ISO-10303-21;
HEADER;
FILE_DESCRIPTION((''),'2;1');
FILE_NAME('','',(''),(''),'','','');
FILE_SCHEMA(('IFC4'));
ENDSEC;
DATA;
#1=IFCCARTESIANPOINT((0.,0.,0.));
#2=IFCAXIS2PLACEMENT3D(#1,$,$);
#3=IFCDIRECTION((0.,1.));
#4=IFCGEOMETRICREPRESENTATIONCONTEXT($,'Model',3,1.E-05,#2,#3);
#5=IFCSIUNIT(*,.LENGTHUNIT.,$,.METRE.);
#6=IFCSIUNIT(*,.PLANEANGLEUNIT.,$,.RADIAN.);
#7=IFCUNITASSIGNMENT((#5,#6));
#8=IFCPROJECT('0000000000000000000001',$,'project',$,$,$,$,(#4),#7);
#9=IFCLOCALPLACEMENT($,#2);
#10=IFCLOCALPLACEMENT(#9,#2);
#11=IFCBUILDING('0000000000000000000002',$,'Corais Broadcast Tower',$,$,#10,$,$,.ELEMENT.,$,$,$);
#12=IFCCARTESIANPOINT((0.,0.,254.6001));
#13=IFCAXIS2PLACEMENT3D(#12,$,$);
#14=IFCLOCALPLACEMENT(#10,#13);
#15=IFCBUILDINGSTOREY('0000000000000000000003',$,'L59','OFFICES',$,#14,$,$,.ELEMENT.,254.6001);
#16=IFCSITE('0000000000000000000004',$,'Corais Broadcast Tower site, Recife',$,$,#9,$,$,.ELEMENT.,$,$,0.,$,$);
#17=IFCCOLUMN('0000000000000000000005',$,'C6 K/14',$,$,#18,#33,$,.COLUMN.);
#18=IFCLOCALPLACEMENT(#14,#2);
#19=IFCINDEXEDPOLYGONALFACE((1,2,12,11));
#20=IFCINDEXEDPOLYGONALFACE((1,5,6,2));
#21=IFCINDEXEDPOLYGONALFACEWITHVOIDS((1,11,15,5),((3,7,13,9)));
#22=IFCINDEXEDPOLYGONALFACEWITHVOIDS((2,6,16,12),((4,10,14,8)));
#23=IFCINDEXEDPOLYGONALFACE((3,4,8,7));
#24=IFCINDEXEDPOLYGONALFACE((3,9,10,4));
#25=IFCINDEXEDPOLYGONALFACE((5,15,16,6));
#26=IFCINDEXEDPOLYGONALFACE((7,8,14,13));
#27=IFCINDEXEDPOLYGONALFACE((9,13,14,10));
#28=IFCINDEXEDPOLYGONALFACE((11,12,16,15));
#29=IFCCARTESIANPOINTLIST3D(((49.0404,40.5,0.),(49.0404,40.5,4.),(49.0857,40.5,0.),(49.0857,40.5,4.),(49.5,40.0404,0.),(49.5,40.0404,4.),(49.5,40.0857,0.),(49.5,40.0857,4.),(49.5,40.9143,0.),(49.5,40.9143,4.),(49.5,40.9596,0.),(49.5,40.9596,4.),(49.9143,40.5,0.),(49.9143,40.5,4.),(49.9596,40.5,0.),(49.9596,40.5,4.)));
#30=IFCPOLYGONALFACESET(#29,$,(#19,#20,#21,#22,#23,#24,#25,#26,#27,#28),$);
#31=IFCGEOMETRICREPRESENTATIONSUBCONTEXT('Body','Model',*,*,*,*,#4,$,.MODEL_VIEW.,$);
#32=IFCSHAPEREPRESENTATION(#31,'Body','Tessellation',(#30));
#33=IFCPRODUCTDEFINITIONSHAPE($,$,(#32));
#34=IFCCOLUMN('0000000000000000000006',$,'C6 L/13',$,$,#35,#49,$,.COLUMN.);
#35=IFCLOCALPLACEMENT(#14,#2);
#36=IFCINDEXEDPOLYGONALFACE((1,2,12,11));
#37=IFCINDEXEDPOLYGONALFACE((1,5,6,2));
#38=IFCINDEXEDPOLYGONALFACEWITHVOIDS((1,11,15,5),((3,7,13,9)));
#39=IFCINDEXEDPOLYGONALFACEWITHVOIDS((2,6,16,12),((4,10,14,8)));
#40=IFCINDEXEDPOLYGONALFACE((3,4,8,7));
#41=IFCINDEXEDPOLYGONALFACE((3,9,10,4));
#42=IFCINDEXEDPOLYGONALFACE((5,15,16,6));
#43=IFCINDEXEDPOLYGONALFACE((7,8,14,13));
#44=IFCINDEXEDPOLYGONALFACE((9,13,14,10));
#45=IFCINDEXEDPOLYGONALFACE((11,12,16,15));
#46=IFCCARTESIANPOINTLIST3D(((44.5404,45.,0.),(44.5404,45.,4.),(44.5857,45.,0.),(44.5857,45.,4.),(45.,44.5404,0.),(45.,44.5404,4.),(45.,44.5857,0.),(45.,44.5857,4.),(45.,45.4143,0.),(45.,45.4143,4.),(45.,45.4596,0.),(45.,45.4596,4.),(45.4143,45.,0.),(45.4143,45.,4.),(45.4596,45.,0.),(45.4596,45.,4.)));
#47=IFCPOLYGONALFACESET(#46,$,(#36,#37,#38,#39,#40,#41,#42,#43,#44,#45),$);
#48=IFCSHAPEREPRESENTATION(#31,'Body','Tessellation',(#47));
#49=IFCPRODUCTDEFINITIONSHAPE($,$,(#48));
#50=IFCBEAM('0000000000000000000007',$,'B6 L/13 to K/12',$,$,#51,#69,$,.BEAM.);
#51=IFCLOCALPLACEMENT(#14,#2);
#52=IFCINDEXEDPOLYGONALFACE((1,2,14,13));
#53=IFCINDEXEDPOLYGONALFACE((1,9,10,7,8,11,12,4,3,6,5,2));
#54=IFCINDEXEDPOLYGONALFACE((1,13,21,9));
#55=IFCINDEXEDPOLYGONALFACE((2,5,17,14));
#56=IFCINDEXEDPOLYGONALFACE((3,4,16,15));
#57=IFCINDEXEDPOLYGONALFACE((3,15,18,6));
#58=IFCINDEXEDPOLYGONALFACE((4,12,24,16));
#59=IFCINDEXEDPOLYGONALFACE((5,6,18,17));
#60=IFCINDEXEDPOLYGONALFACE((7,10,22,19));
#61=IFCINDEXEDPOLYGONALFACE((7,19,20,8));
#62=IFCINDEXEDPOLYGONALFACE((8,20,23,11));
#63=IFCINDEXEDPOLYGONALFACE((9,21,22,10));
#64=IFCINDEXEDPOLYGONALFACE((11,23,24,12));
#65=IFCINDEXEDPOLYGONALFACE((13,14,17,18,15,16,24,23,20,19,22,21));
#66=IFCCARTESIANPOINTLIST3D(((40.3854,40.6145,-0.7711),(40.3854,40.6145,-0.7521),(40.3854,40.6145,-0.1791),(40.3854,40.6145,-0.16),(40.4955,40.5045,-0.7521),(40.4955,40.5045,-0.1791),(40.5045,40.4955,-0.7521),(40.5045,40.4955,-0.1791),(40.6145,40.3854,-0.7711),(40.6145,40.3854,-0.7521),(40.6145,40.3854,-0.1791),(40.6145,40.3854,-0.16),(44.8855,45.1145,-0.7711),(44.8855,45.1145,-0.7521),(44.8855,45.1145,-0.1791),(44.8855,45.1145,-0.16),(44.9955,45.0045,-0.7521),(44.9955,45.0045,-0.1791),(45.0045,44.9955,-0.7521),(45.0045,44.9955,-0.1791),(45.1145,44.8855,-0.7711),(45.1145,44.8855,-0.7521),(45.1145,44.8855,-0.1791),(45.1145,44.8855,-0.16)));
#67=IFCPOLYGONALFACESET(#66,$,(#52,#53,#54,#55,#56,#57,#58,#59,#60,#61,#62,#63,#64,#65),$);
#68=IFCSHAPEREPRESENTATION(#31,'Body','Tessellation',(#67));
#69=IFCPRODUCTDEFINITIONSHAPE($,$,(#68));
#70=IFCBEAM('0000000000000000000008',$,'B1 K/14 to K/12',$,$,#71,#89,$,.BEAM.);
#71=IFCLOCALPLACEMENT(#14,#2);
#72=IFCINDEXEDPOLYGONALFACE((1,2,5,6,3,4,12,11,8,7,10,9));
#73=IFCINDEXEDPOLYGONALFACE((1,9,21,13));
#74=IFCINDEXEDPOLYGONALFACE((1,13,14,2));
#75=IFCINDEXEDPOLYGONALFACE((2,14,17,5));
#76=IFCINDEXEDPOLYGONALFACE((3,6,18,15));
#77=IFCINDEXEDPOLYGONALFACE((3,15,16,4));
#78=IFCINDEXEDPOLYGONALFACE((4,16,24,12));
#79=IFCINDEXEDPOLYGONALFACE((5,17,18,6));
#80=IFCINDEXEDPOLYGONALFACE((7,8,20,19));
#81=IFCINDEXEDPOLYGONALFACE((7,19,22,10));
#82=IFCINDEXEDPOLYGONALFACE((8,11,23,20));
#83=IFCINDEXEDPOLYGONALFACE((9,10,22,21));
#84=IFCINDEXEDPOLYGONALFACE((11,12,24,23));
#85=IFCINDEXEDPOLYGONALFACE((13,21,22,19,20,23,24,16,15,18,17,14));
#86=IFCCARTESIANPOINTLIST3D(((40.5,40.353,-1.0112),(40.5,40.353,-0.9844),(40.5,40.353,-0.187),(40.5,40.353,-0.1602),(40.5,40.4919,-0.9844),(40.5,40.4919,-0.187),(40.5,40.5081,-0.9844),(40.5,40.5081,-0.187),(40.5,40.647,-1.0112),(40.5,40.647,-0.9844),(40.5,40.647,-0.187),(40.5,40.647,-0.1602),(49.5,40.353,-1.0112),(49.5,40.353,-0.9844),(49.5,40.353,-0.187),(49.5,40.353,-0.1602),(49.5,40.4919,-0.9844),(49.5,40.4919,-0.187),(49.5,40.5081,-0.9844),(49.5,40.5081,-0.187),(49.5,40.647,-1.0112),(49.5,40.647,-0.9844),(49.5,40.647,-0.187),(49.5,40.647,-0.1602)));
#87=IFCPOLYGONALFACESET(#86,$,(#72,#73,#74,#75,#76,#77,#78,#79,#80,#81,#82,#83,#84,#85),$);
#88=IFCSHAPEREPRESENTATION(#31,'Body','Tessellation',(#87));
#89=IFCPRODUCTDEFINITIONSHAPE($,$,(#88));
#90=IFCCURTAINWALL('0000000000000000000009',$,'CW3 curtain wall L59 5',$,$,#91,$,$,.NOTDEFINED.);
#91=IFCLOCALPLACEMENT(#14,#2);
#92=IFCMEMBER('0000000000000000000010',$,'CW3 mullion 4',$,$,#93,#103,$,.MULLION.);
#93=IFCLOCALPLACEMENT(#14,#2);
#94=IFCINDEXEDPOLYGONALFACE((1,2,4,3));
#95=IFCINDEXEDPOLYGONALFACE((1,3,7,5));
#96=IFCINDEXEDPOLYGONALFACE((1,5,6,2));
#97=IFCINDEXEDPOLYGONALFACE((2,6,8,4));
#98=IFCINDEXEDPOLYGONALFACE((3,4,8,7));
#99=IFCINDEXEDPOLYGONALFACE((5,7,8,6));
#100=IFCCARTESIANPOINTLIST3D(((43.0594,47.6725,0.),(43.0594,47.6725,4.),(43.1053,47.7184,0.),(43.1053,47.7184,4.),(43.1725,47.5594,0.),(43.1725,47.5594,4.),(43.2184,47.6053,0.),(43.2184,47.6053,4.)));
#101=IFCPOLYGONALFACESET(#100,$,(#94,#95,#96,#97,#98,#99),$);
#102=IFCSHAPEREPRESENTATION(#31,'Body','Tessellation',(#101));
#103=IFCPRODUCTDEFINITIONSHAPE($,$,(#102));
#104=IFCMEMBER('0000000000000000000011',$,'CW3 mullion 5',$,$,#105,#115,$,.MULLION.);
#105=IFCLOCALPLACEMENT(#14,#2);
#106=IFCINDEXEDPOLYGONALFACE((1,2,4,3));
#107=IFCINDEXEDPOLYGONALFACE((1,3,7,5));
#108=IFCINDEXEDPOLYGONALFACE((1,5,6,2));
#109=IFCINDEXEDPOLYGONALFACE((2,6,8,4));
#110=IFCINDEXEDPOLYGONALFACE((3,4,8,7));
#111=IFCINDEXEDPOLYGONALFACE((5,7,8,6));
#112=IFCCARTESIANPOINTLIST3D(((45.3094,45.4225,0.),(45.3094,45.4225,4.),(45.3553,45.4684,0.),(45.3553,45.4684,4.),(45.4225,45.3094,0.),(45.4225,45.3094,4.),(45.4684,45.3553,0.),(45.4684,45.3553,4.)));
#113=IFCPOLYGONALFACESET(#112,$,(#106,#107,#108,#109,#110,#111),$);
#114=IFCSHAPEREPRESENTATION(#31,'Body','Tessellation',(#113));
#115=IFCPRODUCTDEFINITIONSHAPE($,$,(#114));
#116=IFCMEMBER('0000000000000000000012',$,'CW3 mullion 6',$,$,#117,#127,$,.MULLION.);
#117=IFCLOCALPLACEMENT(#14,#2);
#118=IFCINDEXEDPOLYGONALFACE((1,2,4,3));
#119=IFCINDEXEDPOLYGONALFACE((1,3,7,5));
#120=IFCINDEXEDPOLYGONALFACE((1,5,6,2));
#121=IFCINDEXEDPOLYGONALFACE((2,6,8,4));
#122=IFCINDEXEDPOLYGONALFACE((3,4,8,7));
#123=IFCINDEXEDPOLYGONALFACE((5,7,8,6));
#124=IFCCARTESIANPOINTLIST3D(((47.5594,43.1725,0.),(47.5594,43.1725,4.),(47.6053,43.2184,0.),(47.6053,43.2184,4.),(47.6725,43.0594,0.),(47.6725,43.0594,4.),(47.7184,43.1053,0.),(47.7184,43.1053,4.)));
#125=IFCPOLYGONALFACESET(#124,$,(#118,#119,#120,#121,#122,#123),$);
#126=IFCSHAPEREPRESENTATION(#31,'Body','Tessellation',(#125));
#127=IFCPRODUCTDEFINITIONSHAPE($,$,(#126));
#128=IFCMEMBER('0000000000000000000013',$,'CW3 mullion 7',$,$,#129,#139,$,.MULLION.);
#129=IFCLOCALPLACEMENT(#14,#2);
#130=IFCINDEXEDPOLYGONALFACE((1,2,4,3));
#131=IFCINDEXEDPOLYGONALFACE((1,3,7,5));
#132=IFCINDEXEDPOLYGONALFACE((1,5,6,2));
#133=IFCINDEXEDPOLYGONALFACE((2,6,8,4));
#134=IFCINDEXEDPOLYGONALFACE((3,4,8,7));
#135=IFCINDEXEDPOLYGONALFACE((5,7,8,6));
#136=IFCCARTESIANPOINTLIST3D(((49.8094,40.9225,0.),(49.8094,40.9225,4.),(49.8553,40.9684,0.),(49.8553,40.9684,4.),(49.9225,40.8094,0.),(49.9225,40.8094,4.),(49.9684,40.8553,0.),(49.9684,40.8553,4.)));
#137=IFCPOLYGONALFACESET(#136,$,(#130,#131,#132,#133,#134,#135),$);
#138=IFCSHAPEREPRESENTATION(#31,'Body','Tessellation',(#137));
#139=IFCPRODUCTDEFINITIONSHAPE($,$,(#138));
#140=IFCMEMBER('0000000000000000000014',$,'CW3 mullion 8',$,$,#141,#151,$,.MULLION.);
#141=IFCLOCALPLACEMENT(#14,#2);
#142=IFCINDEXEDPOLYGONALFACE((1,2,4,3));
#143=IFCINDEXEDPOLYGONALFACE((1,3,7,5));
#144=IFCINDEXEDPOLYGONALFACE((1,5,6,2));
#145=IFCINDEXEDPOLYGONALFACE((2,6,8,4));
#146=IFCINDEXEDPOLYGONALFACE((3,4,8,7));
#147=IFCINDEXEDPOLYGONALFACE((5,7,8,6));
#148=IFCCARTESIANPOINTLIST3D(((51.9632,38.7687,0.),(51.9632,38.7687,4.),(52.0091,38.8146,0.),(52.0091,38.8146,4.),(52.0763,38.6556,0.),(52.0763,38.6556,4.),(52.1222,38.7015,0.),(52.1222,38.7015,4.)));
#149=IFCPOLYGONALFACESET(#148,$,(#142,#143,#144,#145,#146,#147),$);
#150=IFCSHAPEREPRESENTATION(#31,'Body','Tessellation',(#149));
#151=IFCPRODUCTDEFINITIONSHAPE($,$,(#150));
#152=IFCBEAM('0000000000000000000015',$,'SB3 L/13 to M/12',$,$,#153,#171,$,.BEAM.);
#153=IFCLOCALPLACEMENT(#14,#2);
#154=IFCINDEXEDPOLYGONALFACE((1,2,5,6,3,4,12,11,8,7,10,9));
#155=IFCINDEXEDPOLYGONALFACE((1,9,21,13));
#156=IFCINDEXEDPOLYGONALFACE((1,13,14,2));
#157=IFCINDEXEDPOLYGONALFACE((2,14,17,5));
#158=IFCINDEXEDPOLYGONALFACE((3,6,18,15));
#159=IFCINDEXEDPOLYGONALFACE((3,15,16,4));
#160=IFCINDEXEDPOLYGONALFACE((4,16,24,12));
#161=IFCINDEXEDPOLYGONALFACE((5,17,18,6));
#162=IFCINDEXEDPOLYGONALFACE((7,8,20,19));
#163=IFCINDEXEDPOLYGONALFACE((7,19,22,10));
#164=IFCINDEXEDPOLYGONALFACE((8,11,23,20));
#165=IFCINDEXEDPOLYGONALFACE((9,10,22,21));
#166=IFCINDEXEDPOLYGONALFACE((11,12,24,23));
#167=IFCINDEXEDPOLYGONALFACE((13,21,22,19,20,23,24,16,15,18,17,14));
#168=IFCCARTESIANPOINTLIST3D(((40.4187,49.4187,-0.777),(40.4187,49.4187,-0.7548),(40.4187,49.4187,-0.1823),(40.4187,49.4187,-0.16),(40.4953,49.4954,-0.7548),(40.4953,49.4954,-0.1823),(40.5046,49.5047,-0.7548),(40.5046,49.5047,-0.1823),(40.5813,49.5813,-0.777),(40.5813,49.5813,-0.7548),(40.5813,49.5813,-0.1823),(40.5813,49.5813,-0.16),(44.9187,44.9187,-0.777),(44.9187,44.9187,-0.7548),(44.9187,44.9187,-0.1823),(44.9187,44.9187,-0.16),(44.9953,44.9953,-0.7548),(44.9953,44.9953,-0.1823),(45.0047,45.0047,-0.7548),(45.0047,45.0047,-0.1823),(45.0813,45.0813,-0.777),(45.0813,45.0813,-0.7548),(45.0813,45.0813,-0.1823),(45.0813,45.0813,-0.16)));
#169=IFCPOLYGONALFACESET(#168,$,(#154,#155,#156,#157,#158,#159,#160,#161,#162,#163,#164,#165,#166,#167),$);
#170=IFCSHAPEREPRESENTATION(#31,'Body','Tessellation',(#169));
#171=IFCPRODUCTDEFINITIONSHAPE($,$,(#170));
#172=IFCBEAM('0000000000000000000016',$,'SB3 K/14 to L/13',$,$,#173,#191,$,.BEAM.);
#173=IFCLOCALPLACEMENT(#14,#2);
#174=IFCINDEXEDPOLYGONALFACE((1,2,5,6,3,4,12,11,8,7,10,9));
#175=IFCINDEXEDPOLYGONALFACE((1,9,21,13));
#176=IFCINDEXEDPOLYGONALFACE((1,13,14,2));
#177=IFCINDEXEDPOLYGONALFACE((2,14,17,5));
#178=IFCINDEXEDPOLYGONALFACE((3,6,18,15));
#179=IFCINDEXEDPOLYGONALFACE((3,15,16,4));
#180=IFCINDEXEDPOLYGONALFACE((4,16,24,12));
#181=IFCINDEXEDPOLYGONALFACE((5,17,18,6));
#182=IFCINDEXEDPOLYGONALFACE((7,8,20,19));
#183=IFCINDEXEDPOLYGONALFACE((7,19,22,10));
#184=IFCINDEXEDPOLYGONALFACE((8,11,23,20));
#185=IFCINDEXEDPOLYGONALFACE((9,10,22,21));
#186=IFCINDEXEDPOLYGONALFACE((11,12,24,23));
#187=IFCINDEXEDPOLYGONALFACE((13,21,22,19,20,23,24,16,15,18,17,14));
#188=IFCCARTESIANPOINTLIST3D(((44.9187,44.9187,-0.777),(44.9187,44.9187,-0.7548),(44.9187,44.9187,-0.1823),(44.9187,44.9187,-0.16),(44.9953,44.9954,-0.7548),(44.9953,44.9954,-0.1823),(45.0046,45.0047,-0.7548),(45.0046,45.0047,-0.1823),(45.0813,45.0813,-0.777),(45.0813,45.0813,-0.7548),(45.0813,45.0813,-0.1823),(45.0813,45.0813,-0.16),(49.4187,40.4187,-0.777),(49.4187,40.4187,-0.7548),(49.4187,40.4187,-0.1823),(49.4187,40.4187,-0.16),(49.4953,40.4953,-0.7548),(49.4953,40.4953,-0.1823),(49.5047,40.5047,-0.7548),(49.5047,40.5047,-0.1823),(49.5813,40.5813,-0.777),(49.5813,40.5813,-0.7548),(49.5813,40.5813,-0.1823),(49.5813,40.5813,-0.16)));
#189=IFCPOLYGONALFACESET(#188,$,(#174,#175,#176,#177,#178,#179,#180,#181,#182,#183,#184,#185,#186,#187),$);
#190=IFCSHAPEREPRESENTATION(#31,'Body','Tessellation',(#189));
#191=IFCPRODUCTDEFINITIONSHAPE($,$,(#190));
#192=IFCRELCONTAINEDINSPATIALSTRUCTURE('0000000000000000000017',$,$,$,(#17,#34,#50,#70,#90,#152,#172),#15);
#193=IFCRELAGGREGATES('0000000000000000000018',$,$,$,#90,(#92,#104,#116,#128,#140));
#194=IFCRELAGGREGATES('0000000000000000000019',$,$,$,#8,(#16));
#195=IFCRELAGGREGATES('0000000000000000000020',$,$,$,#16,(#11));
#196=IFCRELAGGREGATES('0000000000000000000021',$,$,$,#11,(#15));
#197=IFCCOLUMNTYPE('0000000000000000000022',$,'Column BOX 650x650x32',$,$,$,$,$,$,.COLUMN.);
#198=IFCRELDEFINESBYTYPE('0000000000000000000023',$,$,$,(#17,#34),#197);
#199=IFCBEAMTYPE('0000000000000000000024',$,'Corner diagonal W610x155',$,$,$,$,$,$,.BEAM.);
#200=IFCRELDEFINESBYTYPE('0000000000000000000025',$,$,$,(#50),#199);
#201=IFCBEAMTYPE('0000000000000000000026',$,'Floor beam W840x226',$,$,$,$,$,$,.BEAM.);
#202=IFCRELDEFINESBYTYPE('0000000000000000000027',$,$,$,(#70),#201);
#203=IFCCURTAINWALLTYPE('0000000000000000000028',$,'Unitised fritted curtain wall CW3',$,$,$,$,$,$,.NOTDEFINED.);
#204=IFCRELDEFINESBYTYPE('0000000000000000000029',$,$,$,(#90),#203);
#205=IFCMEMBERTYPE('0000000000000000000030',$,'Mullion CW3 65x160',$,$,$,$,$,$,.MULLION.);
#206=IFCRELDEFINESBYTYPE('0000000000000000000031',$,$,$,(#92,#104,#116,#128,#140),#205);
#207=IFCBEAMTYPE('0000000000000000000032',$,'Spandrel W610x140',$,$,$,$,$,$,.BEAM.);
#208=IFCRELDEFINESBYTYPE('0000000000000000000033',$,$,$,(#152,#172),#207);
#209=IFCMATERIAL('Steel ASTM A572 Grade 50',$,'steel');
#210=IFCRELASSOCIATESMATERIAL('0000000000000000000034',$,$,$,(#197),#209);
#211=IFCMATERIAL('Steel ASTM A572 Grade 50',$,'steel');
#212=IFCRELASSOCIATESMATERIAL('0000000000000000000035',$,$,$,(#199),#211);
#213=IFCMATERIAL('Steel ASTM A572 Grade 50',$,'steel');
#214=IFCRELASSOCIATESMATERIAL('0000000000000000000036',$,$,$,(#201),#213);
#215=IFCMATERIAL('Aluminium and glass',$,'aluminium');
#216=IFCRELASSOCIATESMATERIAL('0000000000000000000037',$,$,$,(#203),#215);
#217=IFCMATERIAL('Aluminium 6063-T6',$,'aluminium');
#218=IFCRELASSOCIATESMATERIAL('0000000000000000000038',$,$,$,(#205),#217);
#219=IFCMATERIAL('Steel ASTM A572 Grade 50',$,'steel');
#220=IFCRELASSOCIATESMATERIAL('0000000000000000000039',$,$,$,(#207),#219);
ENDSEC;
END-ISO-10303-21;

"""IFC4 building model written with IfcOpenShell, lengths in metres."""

from ifc_helpers import new_model, si_unit, direction, frame, origin, origin_2d, place, context, subcontext, project, spatial, rectangle, hollow_rectangle, i_section, extrude, material, material_profile, profile_set, type_object, element, aggregate, save


model = new_model("IFC4")

# Units and contexts
model_context = context("Model", 3, precision=1e-05, world=origin(), true_north=direction((0.0, 1.0)))
body_context = subcontext(model_context, "Body", "Model", "MODEL_VIEW")
ifc_project = project(units=[si_unit("LENGTHUNIT", "METRE"), si_unit("PLANEANGLEUNIT", "RADIAN")], contexts=[model_context])

# Site, building, storey
site_placement = place(None, origin())
site = spatial("IfcSite", under=ifc_project, at=site_placement, Name="Corais Broadcast Tower site, Recife", CompositionType="ELEMENT", RefElevation=0.0)
building_placement = place(site_placement, origin())
building = spatial("IfcBuilding", under=site, at=building_placement, Name="Corais Broadcast Tower", CompositionType="ELEMENT")
storey_placement = place(building_placement, frame((0.0, 0.0, 254.6001)))
storey = spatial("IfcBuildingStorey", under=building, at=storey_placement, Name="L59", Description="OFFICES", CompositionType="ELEMENT", Elevation=254.6001)

# Columns
ifc_material_1 = material(Name="Steel ASTM A572 Grade 50", Category="steel")
ifc_material_profile_1 = material_profile(ifc_material_1, hollow_rectangle(XDim=0.6499, YDim=0.6499, WallThickness=0.032, at=origin_2d()), Name="BOX 650x650x32")
ifc_profile_set_1 = profile_set([ifc_material_profile_1], Name="Steel ASTM A572 Grade 50")
column_type = type_object("IfcColumnType", Name="Column BOX 650x650x32", PredefinedType="COLUMN", material=ifc_profile_set_1)
for number, where, z_axis, x_axis, name in (
    (1, (49.5, 40.5, 0.0), (0.0, 0.0, 1.0), (0.707107, 0.707107, 0.0), "C6 K/14"),
    (2, (45.0, 45.0, 0.0), (0.0, 0.0, 1.0), (0.707107, 0.707107, 0.0), "C6 L/13"),
):
    element("IfcColumn", number, at=place(storey_placement, frame(where, z_axis=z_axis, x_axis=x_axis)), inside=storey, type_object=column_type, Name=name, PredefinedType="COLUMN", context=body_context, shape_type="SweptSolid", body=[
        extrude(hollow_rectangle(XDim=0.6499, YDim=0.6499, WallThickness=0.032, at=origin_2d()), origin(), (0.0, 0.0, 1.0), 4.0),
    ])

# Beams
ifc_material_2 = material(Name="Steel ASTM A572 Grade 50", Category="steel")
ifc_material_profile_2 = material_profile(ifc_material_2, i_section(OverallWidth=0.324, OverallDepth=0.6111, WebThickness=0.0127, FlangeThickness=0.019, at=origin_2d()), Name="W610x155")
ifc_profile_set_2 = profile_set([ifc_material_profile_2], Name="Steel ASTM A572 Grade 50")
beam_type_1 = type_object("IfcBeamType", Name="Corner diagonal W610x155", PredefinedType="BEAM", material=ifc_profile_set_2)
beam_1_placement = place(storey_placement, frame((45.0, 45.0, -0.4656), z_axis=(-0.707107, -0.707107, 0.0), x_axis=(0.707107, -0.707107, 0.0)))
element("IfcBeam", 3, at=beam_1_placement, inside=storey, type_object=beam_type_1, Name="B6 L/13 to K/12", PredefinedType="BEAM", context=body_context, shape_type="SweptSolid", body=[
    extrude(i_section(OverallWidth=0.324, OverallDepth=0.6111, WebThickness=0.0127, FlangeThickness=0.019, at=origin_2d()), origin(), (0.0, 0.0, 1.0), 6.364),
])
ifc_material_3 = material(Name="Steel ASTM A572 Grade 50", Category="steel")
ifc_material_profile_3 = material_profile(ifc_material_3, i_section(OverallWidth=0.2939, OverallDepth=0.8511, WebThickness=0.0161, FlangeThickness=0.0269, at=origin_2d()), Name="W840x226")
ifc_profile_set_3 = profile_set([ifc_material_profile_3], Name="Steel ASTM A572 Grade 50")
beam_type_2 = type_object("IfcBeamType", Name="Floor beam W840x226", PredefinedType="BEAM", material=ifc_profile_set_3)
beam_2_placement = place(storey_placement, frame((49.5, 40.5, -0.5857), z_axis=(-1.0, 0.0, 0.0), x_axis=(0.0, -1.0, 0.0)))
element("IfcBeam", 4, at=beam_2_placement, inside=storey, type_object=beam_type_2, Name="B1 K/14 to K/12", PredefinedType="BEAM", context=body_context, shape_type="SweptSolid", body=[
    extrude(i_section(OverallWidth=0.2939, OverallDepth=0.8511, WebThickness=0.0161, FlangeThickness=0.0269, at=origin_2d()), origin(), (0.0, 0.0, 1.0), 9.0),
])

# Curtain wall, members
ifc_material_4 = material(Name="Aluminium and glass", Category="aluminium")
curtain_wall_type = type_object("IfcCurtainWallType", Name="Unitised fritted curtain wall CW3", PredefinedType="NOTDEFINED", material=ifc_material_4)
curtain_wall_placement = place(storey_placement, origin())
curtain_wall = element("IfcCurtainWall", 5, at=curtain_wall_placement, inside=storey, type_object=curtain_wall_type, Name="CW3 curtain wall L59 5", PredefinedType="NOTDEFINED")
ifc_material_5 = material(Name="Aluminium 6063-T6", Category="aluminium")
ifc_material_profile_4 = material_profile(ifc_material_5, rectangle(XDim=0.0649, YDim=0.1599, at=origin_2d()), Name="Mullion CW3 65x160")
ifc_profile_set_4 = profile_set([ifc_material_profile_4], Name="Aluminium 6063-T6")
member_type_1 = type_object("IfcMemberType", Name="Mullion CW3 65x160", PredefinedType="MULLION", material=ifc_profile_set_4)
member_1_placement = place(storey_placement, frame((43.1389, 47.6389, 0.0), z_axis=(0.0, 0.0, 1.0), x_axis=(0.707107, 0.707107, 0.0)))
member_1 = element("IfcMember", 6, at=member_1_placement, type_object=member_type_1, Name="CW3 mullion 4", PredefinedType="MULLION", context=body_context, shape_type="SweptSolid", body=[
    extrude(rectangle(XDim=0.0649, YDim=0.1599, at=origin_2d()), origin(), (0.0, 0.0, 1.0), 4.0),
])
member_2_placement = place(storey_placement, frame((45.3889, 45.3889, 0.0), z_axis=(0.0, 0.0, 1.0), x_axis=(0.707107, 0.707107, 0.0)))
member_2 = element("IfcMember", 7, at=member_2_placement, type_object=member_type_1, Name="CW3 mullion 5", PredefinedType="MULLION", context=body_context, shape_type="SweptSolid", body=[
    extrude(rectangle(XDim=0.0649, YDim=0.1599, at=origin_2d()), origin(), (0.0, 0.0, 1.0), 4.0),
])
member_3_placement = place(storey_placement, frame((47.6389, 43.1389, 0.0), z_axis=(0.0, 0.0, 1.0), x_axis=(0.707107, 0.707107, 0.0)))
member_3 = element("IfcMember", 8, at=member_3_placement, type_object=member_type_1, Name="CW3 mullion 6", PredefinedType="MULLION", context=body_context, shape_type="SweptSolid", body=[
    extrude(rectangle(XDim=0.0649, YDim=0.1599, at=origin_2d()), origin(), (0.0, 0.0, 1.0), 4.0),
])
member_4_placement = place(storey_placement, frame((49.8889, 40.8889, 0.0), z_axis=(0.0, 0.0, 1.0), x_axis=(0.707107, 0.707107, 0.0)))
member_4 = element("IfcMember", 9, at=member_4_placement, type_object=member_type_1, Name="CW3 mullion 7", PredefinedType="MULLION", context=body_context, shape_type="SweptSolid", body=[
    extrude(rectangle(XDim=0.0649, YDim=0.1599, at=origin_2d()), origin(), (0.0, 0.0, 1.0), 4.0),
])
member_5_placement = place(storey_placement, frame((52.0427, 38.7351, 0.0), z_axis=(0.0, 0.0, 1.0), x_axis=(0.707107, 0.707107, 0.0)))
member_5 = element("IfcMember", 10, at=member_5_placement, type_object=member_type_1, Name="CW3 mullion 8", PredefinedType="MULLION", context=body_context, shape_type="SweptSolid", body=[
    extrude(rectangle(XDim=0.0649, YDim=0.1599, at=origin_2d()), origin(), (0.0, 0.0, 1.0), 4.0),
])

# Beams
ifc_material_6 = material(Name="Steel ASTM A572 Grade 50", Category="steel")
ifc_material_profile_5 = material_profile(ifc_material_6, i_section(OverallWidth=0.23, OverallDepth=0.6169, WebThickness=0.0132, FlangeThickness=0.0222, at=origin_2d()), Name="W610x140")
ifc_profile_set_5 = profile_set([ifc_material_profile_5], Name="Steel ASTM A572 Grade 50")
beam_type_3 = type_object("IfcBeamType", Name="Spandrel W610x140", PredefinedType="BEAM", material=ifc_profile_set_5)
for number, where, z_axis, x_axis, name in (
    (11, (45.0, 45.0, -0.4685), (-0.707107, 0.707107, 0.0), (-0.707107, -0.707107, 0.0), "SB3 L/13 to M/12"),
    (12, (49.5, 40.5, -0.4685), (-0.707107, 0.707107, 0.0), (-0.707107, -0.707107, 0.0), "SB3 K/14 to L/13"),
):
    element("IfcBeam", number, at=place(storey_placement, frame(where, z_axis=z_axis, x_axis=x_axis)), inside=storey, type_object=beam_type_3, Name=name, PredefinedType="BEAM", context=body_context, shape_type="SweptSolid", body=[
        extrude(i_section(OverallWidth=0.23, OverallDepth=0.6169, WebThickness=0.0132, FlangeThickness=0.0222, at=origin_2d()), origin(), (0.0, 0.0, 1.0), 6.364),
    ])

aggregate(curtain_wall, [member_1, member_2, member_3, member_4, member_5])

save(model, "model.ifc")
